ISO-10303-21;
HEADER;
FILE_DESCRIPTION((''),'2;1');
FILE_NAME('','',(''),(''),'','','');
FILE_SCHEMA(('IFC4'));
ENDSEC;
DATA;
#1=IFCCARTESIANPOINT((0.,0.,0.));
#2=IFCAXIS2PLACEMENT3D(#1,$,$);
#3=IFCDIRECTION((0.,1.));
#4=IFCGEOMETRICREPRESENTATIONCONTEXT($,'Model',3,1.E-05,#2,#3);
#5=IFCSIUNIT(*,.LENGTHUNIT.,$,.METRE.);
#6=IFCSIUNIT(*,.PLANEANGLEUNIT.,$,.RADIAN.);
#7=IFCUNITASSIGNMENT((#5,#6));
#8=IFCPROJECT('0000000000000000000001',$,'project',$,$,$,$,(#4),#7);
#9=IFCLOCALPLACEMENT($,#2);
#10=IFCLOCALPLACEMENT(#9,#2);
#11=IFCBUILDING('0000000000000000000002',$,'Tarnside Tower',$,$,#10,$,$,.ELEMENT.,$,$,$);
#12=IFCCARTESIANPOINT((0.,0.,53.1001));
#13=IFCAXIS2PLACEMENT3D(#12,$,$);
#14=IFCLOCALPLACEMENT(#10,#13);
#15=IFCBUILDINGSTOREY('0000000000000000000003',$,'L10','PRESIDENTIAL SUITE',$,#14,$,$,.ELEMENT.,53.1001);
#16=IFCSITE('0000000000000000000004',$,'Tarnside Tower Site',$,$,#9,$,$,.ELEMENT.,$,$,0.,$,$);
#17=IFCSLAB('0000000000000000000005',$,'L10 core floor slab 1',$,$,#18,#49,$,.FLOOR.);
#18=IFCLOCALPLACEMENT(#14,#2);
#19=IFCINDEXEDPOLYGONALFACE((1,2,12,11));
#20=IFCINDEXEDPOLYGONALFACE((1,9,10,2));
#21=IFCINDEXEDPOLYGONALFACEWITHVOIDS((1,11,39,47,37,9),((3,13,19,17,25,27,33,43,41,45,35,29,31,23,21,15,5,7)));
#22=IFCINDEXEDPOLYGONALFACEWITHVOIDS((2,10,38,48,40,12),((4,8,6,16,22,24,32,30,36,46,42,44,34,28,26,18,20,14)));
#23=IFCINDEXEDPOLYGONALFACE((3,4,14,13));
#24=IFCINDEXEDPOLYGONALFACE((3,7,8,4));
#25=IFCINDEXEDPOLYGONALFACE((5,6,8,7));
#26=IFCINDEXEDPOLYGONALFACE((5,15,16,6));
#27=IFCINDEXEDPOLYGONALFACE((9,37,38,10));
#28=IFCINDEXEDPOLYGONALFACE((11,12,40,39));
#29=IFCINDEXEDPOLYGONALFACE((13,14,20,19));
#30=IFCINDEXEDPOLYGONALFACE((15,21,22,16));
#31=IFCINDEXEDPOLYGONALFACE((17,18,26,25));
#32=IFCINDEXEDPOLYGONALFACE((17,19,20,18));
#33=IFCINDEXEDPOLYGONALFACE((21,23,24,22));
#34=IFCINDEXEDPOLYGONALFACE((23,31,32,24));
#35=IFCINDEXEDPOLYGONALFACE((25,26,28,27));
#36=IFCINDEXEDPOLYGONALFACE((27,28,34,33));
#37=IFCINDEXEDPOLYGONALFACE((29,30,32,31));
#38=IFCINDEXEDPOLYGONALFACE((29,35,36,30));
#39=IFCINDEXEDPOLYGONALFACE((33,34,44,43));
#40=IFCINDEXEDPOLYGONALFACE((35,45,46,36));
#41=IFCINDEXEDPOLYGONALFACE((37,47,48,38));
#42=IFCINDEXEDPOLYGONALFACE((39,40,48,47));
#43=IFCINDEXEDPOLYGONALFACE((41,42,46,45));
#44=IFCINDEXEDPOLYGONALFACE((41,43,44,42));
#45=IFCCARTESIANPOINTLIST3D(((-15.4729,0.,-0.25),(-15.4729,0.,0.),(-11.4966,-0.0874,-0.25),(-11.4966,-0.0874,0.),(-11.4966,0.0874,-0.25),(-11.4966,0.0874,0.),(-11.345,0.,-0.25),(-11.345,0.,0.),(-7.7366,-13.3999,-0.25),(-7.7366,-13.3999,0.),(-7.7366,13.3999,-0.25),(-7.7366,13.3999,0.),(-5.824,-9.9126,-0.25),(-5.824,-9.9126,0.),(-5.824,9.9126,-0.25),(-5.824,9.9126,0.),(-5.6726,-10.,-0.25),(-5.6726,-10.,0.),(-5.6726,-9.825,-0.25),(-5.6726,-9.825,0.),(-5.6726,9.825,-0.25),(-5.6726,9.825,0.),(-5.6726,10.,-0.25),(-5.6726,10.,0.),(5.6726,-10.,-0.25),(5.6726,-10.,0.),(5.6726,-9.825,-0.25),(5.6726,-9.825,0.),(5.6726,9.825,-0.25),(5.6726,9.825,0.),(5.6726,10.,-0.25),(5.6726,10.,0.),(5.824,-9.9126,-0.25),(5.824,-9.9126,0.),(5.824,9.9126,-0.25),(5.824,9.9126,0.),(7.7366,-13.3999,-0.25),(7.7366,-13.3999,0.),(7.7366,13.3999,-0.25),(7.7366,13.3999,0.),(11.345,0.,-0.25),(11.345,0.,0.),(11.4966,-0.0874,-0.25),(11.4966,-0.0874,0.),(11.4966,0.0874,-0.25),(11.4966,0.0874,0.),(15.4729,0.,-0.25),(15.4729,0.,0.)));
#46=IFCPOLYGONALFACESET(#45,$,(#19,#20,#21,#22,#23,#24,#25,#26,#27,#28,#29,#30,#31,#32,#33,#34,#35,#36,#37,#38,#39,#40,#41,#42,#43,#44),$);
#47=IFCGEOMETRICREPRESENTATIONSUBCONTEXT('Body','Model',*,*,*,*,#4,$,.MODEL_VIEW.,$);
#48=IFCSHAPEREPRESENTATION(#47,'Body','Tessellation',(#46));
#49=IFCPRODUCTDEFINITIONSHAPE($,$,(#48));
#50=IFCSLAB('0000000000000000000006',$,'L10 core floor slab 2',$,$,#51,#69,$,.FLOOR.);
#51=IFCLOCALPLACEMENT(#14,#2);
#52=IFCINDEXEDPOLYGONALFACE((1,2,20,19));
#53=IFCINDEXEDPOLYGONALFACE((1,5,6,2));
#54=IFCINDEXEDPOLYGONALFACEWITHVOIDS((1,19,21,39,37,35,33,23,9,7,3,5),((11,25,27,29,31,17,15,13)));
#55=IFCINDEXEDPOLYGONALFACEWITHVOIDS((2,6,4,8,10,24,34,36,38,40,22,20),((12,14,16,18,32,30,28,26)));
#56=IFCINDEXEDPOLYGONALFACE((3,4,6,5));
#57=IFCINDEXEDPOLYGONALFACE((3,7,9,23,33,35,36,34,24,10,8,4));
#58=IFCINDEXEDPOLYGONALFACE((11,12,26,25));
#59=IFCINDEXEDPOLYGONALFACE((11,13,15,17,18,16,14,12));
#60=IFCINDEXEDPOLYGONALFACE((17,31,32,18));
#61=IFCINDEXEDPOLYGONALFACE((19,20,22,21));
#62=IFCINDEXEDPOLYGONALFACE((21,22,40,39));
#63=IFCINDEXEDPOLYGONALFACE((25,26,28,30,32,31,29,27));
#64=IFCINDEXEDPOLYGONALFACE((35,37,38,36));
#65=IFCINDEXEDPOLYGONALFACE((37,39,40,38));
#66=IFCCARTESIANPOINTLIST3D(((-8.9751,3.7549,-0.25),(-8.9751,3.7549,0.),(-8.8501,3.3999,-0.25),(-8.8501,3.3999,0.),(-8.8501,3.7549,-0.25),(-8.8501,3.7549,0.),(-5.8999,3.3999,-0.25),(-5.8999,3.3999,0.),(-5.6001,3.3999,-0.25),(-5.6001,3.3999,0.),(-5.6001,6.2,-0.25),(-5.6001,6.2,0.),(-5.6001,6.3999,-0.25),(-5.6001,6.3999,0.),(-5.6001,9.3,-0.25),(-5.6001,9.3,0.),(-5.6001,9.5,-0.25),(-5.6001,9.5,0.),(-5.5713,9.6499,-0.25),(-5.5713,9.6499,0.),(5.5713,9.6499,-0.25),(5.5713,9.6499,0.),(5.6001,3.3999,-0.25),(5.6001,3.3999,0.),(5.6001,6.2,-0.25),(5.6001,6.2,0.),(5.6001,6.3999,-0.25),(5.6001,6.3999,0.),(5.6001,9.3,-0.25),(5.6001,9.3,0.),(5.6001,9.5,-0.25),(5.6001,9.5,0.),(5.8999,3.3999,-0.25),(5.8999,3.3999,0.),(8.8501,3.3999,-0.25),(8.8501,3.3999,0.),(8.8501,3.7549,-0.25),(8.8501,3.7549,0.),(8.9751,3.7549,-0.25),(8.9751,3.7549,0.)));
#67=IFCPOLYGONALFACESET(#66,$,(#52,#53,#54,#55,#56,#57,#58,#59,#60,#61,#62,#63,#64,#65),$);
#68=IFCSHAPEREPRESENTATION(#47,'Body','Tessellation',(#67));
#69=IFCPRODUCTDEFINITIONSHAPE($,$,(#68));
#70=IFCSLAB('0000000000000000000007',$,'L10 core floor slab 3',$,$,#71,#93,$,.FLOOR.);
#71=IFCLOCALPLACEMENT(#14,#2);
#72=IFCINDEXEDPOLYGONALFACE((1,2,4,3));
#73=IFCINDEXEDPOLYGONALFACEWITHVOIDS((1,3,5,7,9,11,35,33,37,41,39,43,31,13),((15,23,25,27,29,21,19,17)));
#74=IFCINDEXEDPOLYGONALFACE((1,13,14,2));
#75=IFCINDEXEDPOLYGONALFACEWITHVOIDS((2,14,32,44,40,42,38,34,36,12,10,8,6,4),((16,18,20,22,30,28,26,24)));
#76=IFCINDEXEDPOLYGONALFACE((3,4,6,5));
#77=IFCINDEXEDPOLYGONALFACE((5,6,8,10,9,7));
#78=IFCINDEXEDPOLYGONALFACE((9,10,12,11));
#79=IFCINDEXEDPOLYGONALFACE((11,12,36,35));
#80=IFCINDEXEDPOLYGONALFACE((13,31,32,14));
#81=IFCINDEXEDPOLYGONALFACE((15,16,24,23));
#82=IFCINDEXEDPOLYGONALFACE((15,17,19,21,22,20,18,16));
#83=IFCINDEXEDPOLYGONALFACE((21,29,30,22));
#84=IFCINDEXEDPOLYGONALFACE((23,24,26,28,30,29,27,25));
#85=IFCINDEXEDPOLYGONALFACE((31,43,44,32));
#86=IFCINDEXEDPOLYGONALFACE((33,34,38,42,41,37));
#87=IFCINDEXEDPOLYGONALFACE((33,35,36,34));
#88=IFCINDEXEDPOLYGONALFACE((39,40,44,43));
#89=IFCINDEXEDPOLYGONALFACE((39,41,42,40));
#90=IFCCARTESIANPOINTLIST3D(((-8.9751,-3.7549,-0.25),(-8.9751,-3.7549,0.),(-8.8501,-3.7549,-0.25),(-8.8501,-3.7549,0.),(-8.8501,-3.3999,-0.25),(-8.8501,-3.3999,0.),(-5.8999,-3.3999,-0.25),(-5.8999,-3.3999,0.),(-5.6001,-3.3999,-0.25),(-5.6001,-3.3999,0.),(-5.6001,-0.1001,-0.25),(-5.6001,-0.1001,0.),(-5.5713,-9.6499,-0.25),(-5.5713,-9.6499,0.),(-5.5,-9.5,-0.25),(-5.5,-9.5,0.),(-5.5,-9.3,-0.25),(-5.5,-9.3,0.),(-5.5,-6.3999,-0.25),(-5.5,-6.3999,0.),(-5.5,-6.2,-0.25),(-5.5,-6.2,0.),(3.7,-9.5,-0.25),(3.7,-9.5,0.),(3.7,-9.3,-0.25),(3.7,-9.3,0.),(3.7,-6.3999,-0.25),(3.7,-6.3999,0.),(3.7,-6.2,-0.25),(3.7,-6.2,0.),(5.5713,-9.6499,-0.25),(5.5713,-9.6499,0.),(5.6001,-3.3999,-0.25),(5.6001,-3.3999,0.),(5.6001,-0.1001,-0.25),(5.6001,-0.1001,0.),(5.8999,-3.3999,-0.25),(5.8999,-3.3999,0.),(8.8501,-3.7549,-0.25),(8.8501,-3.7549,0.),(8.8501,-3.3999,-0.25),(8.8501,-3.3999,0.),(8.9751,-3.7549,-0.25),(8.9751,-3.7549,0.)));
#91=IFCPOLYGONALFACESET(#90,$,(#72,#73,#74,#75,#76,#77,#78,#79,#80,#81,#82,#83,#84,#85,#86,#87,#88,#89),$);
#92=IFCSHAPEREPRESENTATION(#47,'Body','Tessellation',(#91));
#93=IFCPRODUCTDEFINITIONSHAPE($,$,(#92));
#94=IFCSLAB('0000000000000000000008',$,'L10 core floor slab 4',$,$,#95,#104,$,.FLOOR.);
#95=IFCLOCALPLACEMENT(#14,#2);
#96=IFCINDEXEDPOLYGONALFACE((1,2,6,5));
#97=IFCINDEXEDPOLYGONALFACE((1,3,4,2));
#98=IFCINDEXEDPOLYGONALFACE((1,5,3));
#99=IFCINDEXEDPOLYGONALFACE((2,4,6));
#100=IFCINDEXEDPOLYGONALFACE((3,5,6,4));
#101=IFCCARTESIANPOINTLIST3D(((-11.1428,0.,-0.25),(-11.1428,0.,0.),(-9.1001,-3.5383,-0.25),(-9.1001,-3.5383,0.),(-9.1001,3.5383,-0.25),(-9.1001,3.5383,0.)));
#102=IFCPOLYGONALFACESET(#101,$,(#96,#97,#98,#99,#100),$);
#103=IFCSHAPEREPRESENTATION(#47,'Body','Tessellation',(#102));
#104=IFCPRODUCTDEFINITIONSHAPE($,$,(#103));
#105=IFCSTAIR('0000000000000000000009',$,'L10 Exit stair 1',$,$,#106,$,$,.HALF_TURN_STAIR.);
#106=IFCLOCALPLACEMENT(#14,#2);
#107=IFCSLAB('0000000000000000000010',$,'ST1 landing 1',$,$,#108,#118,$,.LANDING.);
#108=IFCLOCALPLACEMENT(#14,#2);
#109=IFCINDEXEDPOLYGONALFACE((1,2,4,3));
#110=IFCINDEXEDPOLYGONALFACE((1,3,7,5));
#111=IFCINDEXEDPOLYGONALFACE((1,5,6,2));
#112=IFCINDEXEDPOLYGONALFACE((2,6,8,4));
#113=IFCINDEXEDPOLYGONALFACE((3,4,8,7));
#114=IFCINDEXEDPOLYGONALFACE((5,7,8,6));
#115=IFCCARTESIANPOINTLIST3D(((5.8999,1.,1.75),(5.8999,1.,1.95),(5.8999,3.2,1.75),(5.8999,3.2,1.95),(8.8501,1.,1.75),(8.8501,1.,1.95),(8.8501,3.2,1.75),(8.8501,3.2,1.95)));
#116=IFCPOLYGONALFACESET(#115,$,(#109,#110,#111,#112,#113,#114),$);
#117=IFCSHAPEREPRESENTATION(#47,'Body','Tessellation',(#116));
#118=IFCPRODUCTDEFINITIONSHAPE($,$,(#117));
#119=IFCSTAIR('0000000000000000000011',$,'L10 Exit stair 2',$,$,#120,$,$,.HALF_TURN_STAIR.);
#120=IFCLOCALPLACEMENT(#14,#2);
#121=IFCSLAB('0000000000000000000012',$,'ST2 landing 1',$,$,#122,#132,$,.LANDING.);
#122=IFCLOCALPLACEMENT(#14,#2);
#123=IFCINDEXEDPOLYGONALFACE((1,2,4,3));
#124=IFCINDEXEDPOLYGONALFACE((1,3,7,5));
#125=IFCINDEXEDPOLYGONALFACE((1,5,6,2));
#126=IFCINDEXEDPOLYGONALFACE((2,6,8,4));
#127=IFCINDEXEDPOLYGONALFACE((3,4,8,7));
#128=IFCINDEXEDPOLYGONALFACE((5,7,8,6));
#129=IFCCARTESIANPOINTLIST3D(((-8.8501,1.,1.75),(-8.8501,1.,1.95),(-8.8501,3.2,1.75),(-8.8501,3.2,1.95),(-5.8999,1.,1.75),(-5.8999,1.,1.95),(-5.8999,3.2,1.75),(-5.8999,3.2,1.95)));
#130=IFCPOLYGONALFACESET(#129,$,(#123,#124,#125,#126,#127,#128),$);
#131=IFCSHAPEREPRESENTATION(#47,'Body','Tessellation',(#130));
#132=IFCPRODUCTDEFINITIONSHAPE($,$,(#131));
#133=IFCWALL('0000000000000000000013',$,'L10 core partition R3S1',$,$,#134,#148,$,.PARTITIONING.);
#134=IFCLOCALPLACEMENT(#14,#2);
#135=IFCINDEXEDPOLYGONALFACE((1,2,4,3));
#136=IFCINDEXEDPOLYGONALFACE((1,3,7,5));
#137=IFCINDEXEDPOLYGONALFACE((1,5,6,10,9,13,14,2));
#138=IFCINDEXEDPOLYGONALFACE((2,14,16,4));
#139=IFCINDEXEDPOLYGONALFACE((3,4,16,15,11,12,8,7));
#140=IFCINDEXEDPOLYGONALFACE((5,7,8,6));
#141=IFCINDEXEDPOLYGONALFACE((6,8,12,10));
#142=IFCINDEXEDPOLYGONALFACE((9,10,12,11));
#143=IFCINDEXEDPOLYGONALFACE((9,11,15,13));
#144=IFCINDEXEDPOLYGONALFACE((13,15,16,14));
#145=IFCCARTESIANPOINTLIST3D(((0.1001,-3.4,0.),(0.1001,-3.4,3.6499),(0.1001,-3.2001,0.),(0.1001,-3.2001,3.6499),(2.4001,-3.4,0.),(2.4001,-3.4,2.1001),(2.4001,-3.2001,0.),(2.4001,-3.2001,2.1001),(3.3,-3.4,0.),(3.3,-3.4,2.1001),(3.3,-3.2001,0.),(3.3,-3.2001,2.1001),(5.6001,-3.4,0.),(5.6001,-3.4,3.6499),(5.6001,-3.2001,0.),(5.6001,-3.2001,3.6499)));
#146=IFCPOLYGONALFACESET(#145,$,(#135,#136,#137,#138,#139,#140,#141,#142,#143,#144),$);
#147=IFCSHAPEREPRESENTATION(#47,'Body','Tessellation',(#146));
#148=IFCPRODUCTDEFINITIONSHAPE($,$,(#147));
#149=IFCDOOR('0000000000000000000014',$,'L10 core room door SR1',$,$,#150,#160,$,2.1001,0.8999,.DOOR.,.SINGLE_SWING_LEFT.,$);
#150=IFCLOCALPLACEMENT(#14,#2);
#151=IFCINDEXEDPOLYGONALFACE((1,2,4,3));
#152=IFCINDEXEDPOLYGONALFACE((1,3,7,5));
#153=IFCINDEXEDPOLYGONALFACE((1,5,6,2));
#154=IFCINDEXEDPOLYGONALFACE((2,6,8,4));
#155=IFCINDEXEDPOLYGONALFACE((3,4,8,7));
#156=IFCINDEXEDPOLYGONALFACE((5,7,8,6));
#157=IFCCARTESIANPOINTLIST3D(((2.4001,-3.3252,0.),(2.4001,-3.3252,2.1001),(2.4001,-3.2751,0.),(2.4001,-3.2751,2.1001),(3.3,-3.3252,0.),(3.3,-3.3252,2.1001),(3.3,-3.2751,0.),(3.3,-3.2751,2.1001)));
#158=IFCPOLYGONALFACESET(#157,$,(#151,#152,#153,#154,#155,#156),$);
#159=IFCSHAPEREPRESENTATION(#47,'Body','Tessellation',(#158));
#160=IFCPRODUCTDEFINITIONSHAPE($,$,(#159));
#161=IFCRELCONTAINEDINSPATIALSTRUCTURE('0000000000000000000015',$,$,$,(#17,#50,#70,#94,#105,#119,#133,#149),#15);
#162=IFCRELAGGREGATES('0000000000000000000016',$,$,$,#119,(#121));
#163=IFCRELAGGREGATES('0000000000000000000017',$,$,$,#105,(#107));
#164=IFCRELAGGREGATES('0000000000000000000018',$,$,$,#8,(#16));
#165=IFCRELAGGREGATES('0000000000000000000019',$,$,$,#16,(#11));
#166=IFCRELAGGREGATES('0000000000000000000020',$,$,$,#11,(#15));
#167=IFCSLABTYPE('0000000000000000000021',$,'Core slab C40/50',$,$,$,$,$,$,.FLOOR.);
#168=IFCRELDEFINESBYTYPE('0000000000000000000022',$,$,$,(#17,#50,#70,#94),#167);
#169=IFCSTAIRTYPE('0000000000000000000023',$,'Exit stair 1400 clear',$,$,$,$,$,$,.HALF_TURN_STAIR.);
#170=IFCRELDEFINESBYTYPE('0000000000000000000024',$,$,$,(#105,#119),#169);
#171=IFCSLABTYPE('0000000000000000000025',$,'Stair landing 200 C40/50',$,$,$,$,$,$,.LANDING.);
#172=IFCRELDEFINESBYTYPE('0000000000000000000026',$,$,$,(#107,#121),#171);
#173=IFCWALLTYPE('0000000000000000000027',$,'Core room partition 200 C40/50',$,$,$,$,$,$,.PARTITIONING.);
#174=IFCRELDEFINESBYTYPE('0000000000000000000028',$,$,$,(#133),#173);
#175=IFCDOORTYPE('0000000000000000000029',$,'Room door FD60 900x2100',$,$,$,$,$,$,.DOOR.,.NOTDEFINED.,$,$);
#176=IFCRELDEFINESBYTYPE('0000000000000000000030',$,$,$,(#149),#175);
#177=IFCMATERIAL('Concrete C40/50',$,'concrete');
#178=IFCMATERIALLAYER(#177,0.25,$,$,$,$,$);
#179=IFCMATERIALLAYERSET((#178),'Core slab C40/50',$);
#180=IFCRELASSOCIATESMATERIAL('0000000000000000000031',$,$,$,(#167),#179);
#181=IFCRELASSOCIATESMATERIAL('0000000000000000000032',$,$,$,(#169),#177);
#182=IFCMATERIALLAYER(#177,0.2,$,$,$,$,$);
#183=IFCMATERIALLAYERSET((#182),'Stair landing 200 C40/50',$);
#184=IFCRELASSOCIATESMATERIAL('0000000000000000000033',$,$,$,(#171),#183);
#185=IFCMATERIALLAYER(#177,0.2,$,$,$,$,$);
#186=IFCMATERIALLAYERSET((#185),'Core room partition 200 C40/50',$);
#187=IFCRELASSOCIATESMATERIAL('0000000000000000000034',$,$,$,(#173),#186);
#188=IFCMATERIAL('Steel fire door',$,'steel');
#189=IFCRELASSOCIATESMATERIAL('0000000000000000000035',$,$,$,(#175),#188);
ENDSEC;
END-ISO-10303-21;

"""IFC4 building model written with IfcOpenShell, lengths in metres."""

from ifc_helpers import new_model, si_unit, direction, frame, frame_2d, origin, place, context, subcontext, project, spatial, polyline, rectangle, outline, extrude, material, layer, layer_set, type_object, element, fill, aggregate, save


model = new_model("IFC4")

# Units and contexts
model_context = context("Model", 3, precision=1e-05, world=origin(), true_north=direction((0.0, 1.0)))
body_context = subcontext(model_context, "Body", "Model", "MODEL_VIEW")
ifc_project = project(units=[si_unit("LENGTHUNIT", "METRE"), si_unit("PLANEANGLEUNIT", "RADIAN")], contexts=[model_context])

# Site, building, storey
site_placement = place(None, origin())
site = spatial("IfcSite", under=ifc_project, at=site_placement, Name="Tarnside Tower Site", CompositionType="ELEMENT", RefElevation=0.0)
building_placement = place(site_placement, origin())
building = spatial("IfcBuilding", under=site, at=building_placement, Name="Tarnside Tower", CompositionType="ELEMENT")
storey_placement = place(building_placement, frame((0.0, 0.0, 53.1001)))
storey = spatial("IfcBuildingStorey", under=building, at=storey_placement, Name="L10", Description="PRESIDENTIAL SUITE", CompositionType="ELEMENT", Elevation=53.1001)

# Slabs
ifc_material_1 = material(Name="Concrete C40/50", Category="concrete")
ifc_layer_1 = layer(ifc_material_1, 0.25)
ifc_layer_set_1 = layer_set([ifc_layer_1], Name="Core slab C40/50")
slab_type_1 = type_object("IfcSlabType", Name="Core slab C40/50", PredefinedType="FLOOR", material=ifc_layer_set_1)
slab_1_placement = place(storey_placement, frame((0.0, 0.0, -0.25)))
element("IfcSlab", 1, at=slab_1_placement, inside=storey, type_object=slab_type_1, Name="L10 core floor slab 1", PredefinedType="FLOOR", context=body_context, shape_type="SweptSolid", body=[
    extrude(outline(polyline([(-15.4729, 0.0), (-7.7366, 13.3999), (7.7366, 13.3999), (15.4729, 0.0), (7.7366, -13.3999), (-7.7366, -13.3999), (-15.4729, 0.0)]), holes=[polyline([(5.824, -9.9126), (11.4966, -0.0874), (11.345, 0.0), (11.4966, 0.0874), (5.824, 9.9126), (5.6726, 9.825), (5.6726, 10.0), (-5.6726, 10.0), (-5.6726, 9.825), (-5.824, 9.9126), (-11.4966, 0.0874), (-11.345, 0.0), (-11.4966, -0.0874), (-5.824, -9.9126), (-5.6726, -9.825), (-5.6726, -10.0), (5.6726, -10.0), (5.6726, -9.825), (5.824, -9.9126)])]), origin(), (0.0, 0.0, 1.0), 0.25),
])
slab_2_placement = place(storey_placement, frame((0.0, 0.0, -0.25)))
element("IfcSlab", 2, at=slab_2_placement, inside=storey, type_object=slab_type_1, Name="L10 core floor slab 2", PredefinedType="FLOOR", context=body_context, shape_type="SweptSolid", body=[
    extrude(outline(polyline([(-8.9751, 3.7549), (-5.5713, 9.6499), (5.5713, 9.6499), (8.9751, 3.7549), (8.8501, 3.7549), (8.8501, 3.3999), (5.8999, 3.3999), (5.6001, 3.3999), (5.6001, 3.3999), (-5.6001, 3.3999), (-5.8999, 3.3999), (-8.8501, 3.3999), (-8.8501, 3.7549), (-8.9751, 3.7549)]), holes=[polyline([(-5.6001, 6.2), (5.6001, 6.2), (5.6001, 6.3999), (5.6001, 9.3), (5.6001, 9.5), (-5.6001, 9.5), (-5.6001, 9.3), (-5.6001, 6.3999), (-5.6001, 6.2)])]), origin(), (0.0, 0.0, 1.0), 0.25),
])
slab_3_placement = place(storey_placement, frame((0.0, 0.0, -0.25)))
element("IfcSlab", 3, at=slab_3_placement, inside=storey, type_object=slab_type_1, Name="L10 core floor slab 3", PredefinedType="FLOOR", context=body_context, shape_type="SweptSolid", body=[
    extrude(outline(polyline([(5.6001, -3.3999), (5.8999, -3.3999), (8.8501, -3.3999), (8.8501, -3.7549), (8.9751, -3.7549), (5.5713, -9.6499), (-5.5713, -9.6499), (-8.9751, -3.7549), (-8.8501, -3.7549), (-8.8501, -3.3999), (-5.8999, -3.3999), (-5.6001, -3.3999), (-5.6001, -0.1001), (5.6001, -0.1001), (5.6001, -3.3999)]), holes=[polyline([(-5.5, -9.3), (-5.5, -9.5), (3.7, -9.5), (3.7, -9.3), (3.7, -6.3999), (3.7, -6.2), (-5.5, -6.2), (-5.5, -6.3999), (-5.5, -9.3)])]), origin(), (0.0, 0.0, 1.0), 0.25),
])
slab_4_placement = place(storey_placement, frame((0.0, 0.0, -0.25)))
element("IfcSlab", 4, at=slab_4_placement, inside=storey, type_object=slab_type_1, Name="L10 core floor slab 4", PredefinedType="FLOOR", context=body_context, shape_type="SweptSolid", body=[
    extrude(outline(polyline([(-11.1428, 0.0), (-9.1001, 3.5383), (-9.1001, -3.5383), (-11.1428, 0.0)])), origin(), (0.0, 0.0, 1.0), 0.25),
])

# Stairs, slabs
stair_type = type_object("IfcStairType", Name="Exit stair 1400 clear", PredefinedType="HALF_TURN_STAIR", material=ifc_material_1)
stair_1_placement = place(storey_placement, origin())
stair_1 = element("IfcStair", 5, at=stair_1_placement, inside=storey, type_object=stair_type, Name="L10 Exit stair 1", PredefinedType="HALF_TURN_STAIR")
ifc_layer_2 = layer(ifc_material_1, 0.2)
ifc_layer_set_2 = layer_set([ifc_layer_2], Name="Stair landing 200 C40/50")
slab_type_2 = type_object("IfcSlabType", Name="Stair landing 200 C40/50", PredefinedType="LANDING", material=ifc_layer_set_2)
slab_5_placement = place(storey_placement, frame((0.0, 0.0, 1.75)))
slab_5 = element("IfcSlab", 6, at=slab_5_placement, type_object=slab_type_2, Name="ST1 landing 1", PredefinedType="LANDING", context=body_context, shape_type="SweptSolid", body=[
    extrude(outline(polyline([(8.8501, 1.0), (8.8501, 3.2), (5.8999, 3.2), (5.8999, 1.0), (8.8501, 1.0)])), origin(), (0.0, 0.0, 1.0), 0.2),
])
stair_2_placement = place(storey_placement, origin())
stair_2 = element("IfcStair", 7, at=stair_2_placement, inside=storey, type_object=stair_type, Name="L10 Exit stair 2", PredefinedType="HALF_TURN_STAIR")
slab_6_placement = place(storey_placement, frame((0.0, 0.0, 1.75)))
slab_6 = element("IfcSlab", 8, at=slab_6_placement, type_object=slab_type_2, Name="ST2 landing 1", PredefinedType="LANDING", context=body_context, shape_type="SweptSolid", body=[
    extrude(outline(polyline([(-5.8999, 1.0), (-5.8999, 3.2), (-8.8501, 3.2), (-8.8501, 1.0), (-5.8999, 1.0)])), origin(), (0.0, 0.0, 1.0), 0.2),
])
aggregate(stair_2, [slab_6])

# Wall, opening, door
ifc_layer_3 = layer(ifc_material_1, 0.2)
ifc_layer_set_3 = layer_set([ifc_layer_3], Name="Core room partition 200 C40/50")
wall_type_1 = type_object("IfcWallType", Name="Core room partition 200 C40/50", PredefinedType="PARTITIONING", material=ifc_layer_set_3)
wall_1_placement = place(storey_placement, frame((0.1001, -3.3, 0.0), z_axis=(0.0, 0.0, 1.0), x_axis=(1.0, 0.0, 0.0)))
wall_1 = element("IfcWall", 9, at=wall_1_placement, inside=storey, type_object=wall_type_1, Name="L10 core partition R3S1", PredefinedType="PARTITIONING", context=body_context, shape_type="SweptSolid", body=[
    extrude(rectangle(XDim=5.5, YDim=0.2, at=frame_2d((2.75, 0.0))), origin(), (0.0, 0.0, 1.0), 3.6499),
])
opening_1_placement = place(wall_1_placement, frame((2.3, 0.0, 0.0)))
opening_1 = element("IfcOpeningElement", 10, at=opening_1_placement, cuts=wall_1, PredefinedType="OPENING", context=body_context, shape_type="SweptSolid", body=[
    extrude(rectangle(XDim=0.8999, YDim=2.1001, at=frame_2d((0.45, 1.05))), frame((0.0, 0.1099, 0.0), z_axis=(0.0, -1.0, 0.0), x_axis=(1.0, 0.0, 0.0)), (0.0, 0.0, 1.0), 0.22),
])
ifc_material_2 = material(Name="Steel fire door", Category="steel")
door_type_1 = type_object("IfcDoorType", Name="Room door FD60 900x2100", OperationType="NOTDEFINED", PredefinedType="DOOR", material=ifc_material_2)
door_1_placement = place(opening_1_placement, origin())
door_1 = element("IfcDoor", 11, at=door_1_placement, inside=storey, type_object=door_type_1, Name="L10 core room door SR1", OperationType="SINGLE_SWING_LEFT", OverallHeight=2.1001, OverallWidth=0.8999, PredefinedType="DOOR", context=body_context, shape_type="SweptSolid", body=[
    extrude(rectangle(XDim=0.8999, YDim=2.1001, at=frame_2d((0.45, 1.05))), frame((0.0, 0.0249, 0.0), z_axis=(0.0, -1.0, 0.0), x_axis=(1.0, 0.0, 0.0)), (0.0, 0.0, 1.0), 0.05),
])
fill(opening_1, door_1)

aggregate(stair_1, [slab_5])

save(model, "model.ifc")
